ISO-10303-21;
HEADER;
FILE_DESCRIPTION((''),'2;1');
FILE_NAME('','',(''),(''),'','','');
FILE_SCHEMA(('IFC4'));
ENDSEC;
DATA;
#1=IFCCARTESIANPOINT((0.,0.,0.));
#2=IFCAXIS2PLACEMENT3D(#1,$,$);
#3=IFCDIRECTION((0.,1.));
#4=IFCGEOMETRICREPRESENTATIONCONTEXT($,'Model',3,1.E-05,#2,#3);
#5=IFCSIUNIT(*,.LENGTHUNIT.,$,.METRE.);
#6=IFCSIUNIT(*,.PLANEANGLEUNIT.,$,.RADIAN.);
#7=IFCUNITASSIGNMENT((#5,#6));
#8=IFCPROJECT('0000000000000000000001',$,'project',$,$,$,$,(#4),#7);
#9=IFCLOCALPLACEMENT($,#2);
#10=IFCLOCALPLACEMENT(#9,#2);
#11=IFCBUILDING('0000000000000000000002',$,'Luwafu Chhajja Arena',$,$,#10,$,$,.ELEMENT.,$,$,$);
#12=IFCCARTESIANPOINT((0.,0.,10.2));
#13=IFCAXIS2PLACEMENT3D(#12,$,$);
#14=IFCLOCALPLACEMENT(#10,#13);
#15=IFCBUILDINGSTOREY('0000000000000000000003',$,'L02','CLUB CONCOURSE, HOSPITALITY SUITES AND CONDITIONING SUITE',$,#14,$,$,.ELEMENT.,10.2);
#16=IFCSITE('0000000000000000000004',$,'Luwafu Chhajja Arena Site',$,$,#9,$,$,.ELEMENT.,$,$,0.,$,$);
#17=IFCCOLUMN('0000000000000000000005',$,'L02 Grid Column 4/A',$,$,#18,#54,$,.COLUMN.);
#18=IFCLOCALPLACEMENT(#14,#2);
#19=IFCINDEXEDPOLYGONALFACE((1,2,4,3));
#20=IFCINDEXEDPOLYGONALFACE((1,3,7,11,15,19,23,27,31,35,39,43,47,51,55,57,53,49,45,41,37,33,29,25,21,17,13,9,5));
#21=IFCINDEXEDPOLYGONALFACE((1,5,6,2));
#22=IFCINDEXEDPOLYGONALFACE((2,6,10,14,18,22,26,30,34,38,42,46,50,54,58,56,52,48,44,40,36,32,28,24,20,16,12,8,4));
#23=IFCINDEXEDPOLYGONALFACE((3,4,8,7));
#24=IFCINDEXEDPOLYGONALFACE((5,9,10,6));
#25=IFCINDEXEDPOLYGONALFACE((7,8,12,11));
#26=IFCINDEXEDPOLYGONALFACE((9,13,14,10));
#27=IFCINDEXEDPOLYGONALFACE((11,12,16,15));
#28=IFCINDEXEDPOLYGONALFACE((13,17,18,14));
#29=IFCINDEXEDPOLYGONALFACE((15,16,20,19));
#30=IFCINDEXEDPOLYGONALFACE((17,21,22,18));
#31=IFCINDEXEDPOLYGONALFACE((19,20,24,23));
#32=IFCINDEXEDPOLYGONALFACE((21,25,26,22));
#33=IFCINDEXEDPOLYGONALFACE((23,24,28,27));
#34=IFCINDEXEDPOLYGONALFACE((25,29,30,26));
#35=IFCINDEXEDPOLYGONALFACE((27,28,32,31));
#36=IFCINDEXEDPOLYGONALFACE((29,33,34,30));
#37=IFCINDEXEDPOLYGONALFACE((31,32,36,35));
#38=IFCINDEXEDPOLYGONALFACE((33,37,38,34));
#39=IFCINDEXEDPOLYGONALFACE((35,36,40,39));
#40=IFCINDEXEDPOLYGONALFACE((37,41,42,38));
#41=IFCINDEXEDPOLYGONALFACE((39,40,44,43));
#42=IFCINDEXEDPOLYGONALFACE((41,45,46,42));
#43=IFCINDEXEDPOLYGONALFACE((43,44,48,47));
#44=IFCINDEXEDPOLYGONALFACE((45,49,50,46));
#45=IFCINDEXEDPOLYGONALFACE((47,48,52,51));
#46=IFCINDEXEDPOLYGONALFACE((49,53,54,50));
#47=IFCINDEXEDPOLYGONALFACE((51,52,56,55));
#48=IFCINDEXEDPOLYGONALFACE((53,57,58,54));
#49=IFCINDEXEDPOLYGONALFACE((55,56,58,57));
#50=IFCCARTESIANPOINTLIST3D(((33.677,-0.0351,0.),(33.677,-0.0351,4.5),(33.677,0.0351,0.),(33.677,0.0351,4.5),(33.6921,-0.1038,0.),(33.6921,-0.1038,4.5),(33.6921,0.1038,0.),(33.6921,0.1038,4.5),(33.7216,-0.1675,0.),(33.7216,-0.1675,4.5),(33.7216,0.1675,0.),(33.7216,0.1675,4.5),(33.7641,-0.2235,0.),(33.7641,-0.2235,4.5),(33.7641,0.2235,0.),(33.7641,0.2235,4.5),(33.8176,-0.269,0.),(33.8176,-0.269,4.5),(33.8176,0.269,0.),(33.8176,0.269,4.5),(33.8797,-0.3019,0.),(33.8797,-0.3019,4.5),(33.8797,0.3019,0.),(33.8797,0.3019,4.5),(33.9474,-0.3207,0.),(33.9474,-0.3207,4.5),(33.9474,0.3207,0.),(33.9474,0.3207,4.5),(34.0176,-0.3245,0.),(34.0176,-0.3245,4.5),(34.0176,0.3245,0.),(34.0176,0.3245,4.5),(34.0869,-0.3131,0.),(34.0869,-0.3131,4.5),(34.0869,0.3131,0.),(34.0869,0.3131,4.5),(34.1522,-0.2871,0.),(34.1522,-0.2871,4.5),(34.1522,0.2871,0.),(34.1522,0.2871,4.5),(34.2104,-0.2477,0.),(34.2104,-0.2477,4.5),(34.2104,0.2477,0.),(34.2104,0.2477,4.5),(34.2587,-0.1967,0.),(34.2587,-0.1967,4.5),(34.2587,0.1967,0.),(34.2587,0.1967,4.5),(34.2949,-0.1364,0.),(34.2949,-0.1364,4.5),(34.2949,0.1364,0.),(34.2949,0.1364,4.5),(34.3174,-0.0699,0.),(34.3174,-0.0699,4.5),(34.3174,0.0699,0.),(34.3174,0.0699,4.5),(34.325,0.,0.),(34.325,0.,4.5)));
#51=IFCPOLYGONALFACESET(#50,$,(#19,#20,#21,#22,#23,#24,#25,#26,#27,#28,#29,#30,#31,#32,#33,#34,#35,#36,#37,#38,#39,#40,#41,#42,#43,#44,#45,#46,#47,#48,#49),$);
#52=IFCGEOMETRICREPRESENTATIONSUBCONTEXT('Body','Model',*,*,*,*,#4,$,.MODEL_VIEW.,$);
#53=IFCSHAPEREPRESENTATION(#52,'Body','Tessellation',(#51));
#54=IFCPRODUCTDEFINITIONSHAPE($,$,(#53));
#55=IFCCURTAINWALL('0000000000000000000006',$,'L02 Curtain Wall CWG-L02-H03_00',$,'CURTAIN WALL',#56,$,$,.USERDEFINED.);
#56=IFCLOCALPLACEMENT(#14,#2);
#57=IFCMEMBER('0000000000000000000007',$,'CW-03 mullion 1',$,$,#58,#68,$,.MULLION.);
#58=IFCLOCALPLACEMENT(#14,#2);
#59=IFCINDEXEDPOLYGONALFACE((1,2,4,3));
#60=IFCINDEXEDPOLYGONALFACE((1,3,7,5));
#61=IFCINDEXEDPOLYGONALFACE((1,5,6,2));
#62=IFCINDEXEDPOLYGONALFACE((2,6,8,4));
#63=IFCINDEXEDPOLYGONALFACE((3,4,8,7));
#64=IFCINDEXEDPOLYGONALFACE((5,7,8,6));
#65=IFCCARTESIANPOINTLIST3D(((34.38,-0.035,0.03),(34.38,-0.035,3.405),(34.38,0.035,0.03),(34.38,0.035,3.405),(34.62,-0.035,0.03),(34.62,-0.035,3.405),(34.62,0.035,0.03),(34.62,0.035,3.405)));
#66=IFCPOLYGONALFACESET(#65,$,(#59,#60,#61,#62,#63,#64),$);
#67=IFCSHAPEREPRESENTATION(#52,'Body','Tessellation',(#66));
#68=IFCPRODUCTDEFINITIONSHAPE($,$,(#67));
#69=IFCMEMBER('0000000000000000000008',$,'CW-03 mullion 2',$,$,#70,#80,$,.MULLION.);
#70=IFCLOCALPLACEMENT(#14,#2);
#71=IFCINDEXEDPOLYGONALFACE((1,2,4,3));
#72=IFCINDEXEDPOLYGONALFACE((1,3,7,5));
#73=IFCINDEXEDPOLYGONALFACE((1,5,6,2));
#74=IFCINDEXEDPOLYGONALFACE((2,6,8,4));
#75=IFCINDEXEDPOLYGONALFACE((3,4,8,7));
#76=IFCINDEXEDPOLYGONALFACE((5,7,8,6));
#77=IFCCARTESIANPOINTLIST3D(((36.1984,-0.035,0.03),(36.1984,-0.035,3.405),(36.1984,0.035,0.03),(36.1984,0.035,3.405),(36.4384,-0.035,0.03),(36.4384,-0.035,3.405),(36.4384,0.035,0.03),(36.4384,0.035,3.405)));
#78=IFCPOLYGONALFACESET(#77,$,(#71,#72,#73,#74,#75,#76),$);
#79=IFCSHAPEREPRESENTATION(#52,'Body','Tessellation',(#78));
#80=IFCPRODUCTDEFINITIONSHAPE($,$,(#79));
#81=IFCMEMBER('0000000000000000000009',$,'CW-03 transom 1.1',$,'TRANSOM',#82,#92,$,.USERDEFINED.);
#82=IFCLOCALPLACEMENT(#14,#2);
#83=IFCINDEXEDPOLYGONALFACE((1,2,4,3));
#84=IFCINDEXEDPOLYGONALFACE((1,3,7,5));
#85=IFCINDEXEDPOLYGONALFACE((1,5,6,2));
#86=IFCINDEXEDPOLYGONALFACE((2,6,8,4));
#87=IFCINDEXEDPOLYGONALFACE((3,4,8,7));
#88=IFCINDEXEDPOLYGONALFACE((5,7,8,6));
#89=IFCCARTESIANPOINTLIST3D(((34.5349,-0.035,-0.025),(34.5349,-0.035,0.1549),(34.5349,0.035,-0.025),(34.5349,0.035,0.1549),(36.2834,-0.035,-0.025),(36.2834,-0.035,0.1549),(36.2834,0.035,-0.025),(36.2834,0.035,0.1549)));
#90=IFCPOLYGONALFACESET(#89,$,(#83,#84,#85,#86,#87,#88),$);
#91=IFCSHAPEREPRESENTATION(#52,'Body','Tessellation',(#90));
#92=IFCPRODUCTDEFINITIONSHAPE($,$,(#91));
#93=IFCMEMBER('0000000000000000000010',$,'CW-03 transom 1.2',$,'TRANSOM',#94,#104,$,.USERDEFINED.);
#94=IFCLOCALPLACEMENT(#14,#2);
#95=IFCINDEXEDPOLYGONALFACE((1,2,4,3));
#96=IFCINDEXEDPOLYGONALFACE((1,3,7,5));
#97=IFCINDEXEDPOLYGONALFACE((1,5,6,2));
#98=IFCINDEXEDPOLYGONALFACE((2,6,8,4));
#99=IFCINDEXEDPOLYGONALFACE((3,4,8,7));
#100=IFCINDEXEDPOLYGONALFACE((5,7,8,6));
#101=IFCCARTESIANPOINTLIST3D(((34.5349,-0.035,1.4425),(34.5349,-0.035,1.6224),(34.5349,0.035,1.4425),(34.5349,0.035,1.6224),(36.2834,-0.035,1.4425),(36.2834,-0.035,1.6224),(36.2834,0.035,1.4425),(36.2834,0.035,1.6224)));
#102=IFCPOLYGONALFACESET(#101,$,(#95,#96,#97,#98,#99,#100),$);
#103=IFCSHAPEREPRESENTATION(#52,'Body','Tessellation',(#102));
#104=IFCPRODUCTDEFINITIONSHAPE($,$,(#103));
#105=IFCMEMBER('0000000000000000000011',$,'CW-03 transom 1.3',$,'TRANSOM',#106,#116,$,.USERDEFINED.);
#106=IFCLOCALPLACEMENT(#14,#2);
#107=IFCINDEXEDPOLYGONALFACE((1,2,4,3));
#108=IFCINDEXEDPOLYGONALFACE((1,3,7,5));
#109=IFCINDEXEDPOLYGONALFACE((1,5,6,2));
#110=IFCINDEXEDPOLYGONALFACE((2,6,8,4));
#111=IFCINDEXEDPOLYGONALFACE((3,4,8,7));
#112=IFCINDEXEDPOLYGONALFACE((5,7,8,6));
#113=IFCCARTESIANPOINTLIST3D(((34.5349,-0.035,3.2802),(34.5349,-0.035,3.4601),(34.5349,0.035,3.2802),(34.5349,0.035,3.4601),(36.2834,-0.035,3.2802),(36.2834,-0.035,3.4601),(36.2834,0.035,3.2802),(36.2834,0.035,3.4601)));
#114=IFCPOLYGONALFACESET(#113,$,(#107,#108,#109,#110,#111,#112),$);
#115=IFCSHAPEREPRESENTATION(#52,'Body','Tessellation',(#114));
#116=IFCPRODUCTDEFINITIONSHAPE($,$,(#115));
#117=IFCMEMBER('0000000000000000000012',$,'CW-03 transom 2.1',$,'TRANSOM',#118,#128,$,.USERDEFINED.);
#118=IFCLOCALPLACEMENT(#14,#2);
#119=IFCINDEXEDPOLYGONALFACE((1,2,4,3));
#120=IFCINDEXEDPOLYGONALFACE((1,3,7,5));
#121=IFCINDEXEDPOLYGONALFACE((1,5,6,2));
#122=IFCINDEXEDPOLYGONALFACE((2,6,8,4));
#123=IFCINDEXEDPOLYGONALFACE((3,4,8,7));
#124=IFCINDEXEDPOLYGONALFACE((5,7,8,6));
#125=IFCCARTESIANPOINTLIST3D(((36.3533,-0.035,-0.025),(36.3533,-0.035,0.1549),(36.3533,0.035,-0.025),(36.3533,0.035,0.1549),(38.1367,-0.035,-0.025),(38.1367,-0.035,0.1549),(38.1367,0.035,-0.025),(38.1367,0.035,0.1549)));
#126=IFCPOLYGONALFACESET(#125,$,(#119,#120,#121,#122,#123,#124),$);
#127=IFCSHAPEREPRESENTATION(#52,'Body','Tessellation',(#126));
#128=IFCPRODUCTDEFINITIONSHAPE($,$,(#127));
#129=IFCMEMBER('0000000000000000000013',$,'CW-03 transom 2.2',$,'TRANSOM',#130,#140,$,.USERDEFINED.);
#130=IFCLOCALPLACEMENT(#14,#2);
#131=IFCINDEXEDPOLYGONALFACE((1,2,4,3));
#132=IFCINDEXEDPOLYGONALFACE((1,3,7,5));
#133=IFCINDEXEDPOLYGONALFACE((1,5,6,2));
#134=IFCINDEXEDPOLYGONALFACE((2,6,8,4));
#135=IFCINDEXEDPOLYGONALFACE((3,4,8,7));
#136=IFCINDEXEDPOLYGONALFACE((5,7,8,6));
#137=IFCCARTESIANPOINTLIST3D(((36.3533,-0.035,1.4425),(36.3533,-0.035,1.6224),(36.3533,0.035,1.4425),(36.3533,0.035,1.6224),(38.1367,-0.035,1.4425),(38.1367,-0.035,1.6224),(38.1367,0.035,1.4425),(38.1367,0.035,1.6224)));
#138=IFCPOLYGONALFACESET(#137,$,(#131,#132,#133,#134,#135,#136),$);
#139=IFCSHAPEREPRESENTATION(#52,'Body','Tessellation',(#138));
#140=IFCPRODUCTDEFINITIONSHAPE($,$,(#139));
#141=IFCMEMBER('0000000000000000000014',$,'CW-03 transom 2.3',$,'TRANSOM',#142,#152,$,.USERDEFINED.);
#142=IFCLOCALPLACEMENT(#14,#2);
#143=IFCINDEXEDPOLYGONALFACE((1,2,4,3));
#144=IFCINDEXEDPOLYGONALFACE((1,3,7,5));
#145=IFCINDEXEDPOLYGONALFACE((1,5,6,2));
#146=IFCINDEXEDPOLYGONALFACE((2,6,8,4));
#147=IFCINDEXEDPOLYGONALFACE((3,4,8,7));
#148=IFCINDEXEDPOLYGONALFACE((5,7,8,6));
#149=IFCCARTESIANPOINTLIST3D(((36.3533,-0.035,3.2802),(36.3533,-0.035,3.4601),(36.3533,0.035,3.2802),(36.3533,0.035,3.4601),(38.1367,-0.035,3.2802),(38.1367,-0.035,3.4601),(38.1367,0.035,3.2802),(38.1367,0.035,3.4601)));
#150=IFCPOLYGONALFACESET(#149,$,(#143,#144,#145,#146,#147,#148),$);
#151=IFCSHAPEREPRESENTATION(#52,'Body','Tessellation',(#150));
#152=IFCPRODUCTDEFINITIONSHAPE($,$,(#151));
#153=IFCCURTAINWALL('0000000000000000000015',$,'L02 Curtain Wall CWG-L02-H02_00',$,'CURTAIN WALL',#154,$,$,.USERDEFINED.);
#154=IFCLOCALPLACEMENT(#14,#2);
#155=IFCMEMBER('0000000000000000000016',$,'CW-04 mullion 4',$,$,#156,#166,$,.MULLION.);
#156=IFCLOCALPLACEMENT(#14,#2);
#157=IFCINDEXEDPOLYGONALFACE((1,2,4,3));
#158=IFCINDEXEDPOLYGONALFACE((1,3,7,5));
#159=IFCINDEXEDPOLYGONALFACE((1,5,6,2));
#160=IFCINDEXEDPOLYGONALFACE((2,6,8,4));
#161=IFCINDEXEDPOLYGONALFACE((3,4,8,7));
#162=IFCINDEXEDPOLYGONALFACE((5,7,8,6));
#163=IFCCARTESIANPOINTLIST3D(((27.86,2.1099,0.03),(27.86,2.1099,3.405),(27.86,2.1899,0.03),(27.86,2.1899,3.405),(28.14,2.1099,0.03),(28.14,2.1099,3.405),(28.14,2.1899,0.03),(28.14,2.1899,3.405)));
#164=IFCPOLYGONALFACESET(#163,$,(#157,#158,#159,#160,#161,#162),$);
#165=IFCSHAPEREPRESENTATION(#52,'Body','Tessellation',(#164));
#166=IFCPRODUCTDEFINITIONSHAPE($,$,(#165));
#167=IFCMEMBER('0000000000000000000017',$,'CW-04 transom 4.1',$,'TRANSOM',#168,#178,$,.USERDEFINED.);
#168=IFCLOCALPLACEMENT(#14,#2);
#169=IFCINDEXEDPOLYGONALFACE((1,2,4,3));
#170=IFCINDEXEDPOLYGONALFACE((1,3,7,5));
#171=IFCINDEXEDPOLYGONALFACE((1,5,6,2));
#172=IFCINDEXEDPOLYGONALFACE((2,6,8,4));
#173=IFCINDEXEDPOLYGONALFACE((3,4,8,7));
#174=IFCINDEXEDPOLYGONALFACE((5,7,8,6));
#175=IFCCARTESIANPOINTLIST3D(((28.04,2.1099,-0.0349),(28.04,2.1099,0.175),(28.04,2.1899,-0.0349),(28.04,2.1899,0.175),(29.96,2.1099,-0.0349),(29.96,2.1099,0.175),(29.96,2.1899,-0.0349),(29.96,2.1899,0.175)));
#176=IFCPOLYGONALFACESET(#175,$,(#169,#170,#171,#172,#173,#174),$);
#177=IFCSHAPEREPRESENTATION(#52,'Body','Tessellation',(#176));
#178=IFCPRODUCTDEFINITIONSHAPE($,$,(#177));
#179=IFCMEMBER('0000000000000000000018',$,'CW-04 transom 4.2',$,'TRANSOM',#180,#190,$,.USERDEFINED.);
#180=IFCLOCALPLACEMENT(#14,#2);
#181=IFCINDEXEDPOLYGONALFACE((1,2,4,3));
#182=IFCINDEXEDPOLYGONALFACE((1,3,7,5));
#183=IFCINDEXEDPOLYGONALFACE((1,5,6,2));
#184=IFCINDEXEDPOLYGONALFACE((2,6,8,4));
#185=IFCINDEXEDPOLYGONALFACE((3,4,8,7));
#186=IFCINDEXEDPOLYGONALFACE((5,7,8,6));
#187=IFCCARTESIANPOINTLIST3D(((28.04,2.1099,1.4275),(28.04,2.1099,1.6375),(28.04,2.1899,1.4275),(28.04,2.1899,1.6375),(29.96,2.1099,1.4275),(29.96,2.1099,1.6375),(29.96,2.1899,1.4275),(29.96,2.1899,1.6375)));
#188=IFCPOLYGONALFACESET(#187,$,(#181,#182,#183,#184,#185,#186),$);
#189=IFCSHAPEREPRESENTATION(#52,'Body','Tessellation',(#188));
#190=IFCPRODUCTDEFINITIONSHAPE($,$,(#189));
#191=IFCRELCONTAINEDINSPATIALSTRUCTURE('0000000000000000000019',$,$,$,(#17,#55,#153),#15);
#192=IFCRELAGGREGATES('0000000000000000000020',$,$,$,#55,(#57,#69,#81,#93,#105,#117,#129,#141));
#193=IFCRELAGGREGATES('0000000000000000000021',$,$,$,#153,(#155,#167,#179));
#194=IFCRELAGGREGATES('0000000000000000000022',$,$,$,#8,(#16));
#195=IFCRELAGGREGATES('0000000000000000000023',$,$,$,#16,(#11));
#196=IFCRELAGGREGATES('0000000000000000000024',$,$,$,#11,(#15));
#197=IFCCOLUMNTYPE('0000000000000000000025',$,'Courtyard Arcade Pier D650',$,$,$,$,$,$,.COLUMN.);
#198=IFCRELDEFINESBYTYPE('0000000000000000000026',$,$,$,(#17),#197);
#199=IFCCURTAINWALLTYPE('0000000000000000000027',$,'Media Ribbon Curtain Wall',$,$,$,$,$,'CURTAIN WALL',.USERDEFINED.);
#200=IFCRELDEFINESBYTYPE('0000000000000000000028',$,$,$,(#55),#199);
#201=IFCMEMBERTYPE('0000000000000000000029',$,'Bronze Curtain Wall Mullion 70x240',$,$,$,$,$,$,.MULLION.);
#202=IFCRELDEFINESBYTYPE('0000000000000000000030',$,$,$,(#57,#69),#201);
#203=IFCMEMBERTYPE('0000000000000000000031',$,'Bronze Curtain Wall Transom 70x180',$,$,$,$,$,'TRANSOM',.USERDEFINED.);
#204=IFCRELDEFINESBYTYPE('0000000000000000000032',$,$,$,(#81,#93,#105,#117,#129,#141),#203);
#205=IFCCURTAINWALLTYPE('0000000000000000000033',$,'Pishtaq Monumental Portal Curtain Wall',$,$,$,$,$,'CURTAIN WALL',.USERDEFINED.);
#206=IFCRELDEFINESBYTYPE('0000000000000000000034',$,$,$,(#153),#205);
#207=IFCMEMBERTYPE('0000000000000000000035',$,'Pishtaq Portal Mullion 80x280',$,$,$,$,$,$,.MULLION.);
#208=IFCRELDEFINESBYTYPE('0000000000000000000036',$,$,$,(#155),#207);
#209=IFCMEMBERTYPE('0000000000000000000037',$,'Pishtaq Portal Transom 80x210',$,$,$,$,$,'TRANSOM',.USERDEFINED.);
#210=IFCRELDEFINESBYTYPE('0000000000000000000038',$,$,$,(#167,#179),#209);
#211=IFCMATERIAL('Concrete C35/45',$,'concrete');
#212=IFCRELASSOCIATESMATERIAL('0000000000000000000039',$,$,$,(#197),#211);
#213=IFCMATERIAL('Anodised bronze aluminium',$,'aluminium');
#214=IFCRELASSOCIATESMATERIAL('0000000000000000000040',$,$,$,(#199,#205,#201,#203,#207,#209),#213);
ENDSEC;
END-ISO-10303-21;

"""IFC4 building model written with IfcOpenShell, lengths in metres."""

from ifc_helpers import new_model, si_unit, direction, frame, origin, origin_2d, place, context, subcontext, project, spatial, rectangle, circle, extrude, material, material_profile, profile_set, type_object, element, aggregate, save


model = new_model("IFC4")

# Units and contexts
model_context = context("Model", 3, precision=1e-05, world=origin(), true_north=direction((0.0, 1.0)))
body_context = subcontext(model_context, "Body", "Model", "MODEL_VIEW")
ifc_project = project(units=[si_unit("LENGTHUNIT", "METRE"), si_unit("PLANEANGLEUNIT", "RADIAN")], contexts=[model_context])

# Site, building, storey
site_placement = place(None, origin())
site = spatial("IfcSite", under=ifc_project, at=site_placement, Name="Luwafu Chhajja Arena Site", CompositionType="ELEMENT", RefElevation=0.0)
building_placement = place(site_placement, origin())
building = spatial("IfcBuilding", under=site, at=building_placement, Name="Luwafu Chhajja Arena", CompositionType="ELEMENT")
storey_placement = place(building_placement, frame((0.0, 0.0, 10.2)))
storey = spatial("IfcBuildingStorey", under=building, at=storey_placement, Name="L02", Description="CLUB CONCOURSE, HOSPITALITY SUITES AND CONDITIONING SUITE", CompositionType="ELEMENT", Elevation=10.2)

# Column
ifc_material_1 = material(Name="Concrete C35/45", Category="concrete")
ifc_material_profile_1 = material_profile(ifc_material_1, circle(Radius=0.325, at=origin_2d()), Name="RC COL D650")
ifc_profile_set_1 = profile_set([ifc_material_profile_1], Name="Concrete C35/45")
column_type = type_object("IfcColumnType", Name="Courtyard Arcade Pier D650", PredefinedType="COLUMN", material=ifc_profile_set_1)
column_placement = place(storey_placement, frame((34.0, 0.0, 0.0), z_axis=(0.0, 0.0, 1.0), x_axis=(1.0, 0.0, 0.0)))
element("IfcColumn", 1, at=column_placement, inside=storey, type_object=column_type, Name="L02 Grid Column 4/A", PredefinedType="COLUMN", context=body_context, shape_type="SweptSolid", body=[
    extrude(circle(Radius=0.325, at=origin_2d()), origin(), (0.0, 0.0, 1.0), 4.5),
])

# Curtain walls, members
ifc_material_2 = material(Name="Anodised bronze aluminium", Category="aluminium")
curtain_wall_type_1 = type_object("IfcCurtainWallType", Name="Media Ribbon Curtain Wall", ElementType="CURTAIN WALL", PredefinedType="USERDEFINED", material=ifc_material_2)
curtain_wall_1_placement = place(storey_placement, origin())
curtain_wall_1 = element("IfcCurtainWall", 2, at=curtain_wall_1_placement, inside=storey, type_object=curtain_wall_type_1, Name="L02 Curtain Wall CWG-L02-H03_00", ObjectType="CURTAIN WALL", PredefinedType="USERDEFINED")
ifc_material_profile_2 = material_profile(ifc_material_2, rectangle(XDim=0.0701, YDim=0.24, at=origin_2d()), Name="CWM 70x240")
ifc_profile_set_2 = profile_set([ifc_material_profile_2], Name="Anodised bronze aluminium")
member_type_1 = type_object("IfcMemberType", Name="Bronze Curtain Wall Mullion 70x240", PredefinedType="MULLION", material=ifc_profile_set_2)
member_1_placement = place(storey_placement, frame((34.5, 0.0, 0.03), z_axis=(0.0, 0.0, 1.0), x_axis=(0.0, 1.0, 0.0)))
member_1 = element("IfcMember", 3, at=member_1_placement, type_object=member_type_1, Name="CW-03 mullion 1", PredefinedType="MULLION", context=body_context, shape_type="SweptSolid", body=[
    extrude(rectangle(XDim=0.0701, YDim=0.24, at=origin_2d()), origin(), (0.0, 0.0, 1.0), 3.375),
])
member_2_placement = place(storey_placement, frame((36.3184, 0.0, 0.03), z_axis=(0.0, 0.0, 1.0), x_axis=(0.0, 1.0, 0.0)))
member_2 = element("IfcMember", 4, at=member_2_placement, type_object=member_type_1, Name="CW-03 mullion 2", PredefinedType="MULLION", context=body_context, shape_type="SweptSolid", body=[
    extrude(rectangle(XDim=0.0701, YDim=0.24, at=origin_2d()), origin(), (0.0, 0.0, 1.0), 3.375),
])
ifc_material_profile_3 = material_profile(ifc_material_2, rectangle(XDim=0.0701, YDim=0.1799, at=origin_2d()), Name="CWT 70x180")
ifc_profile_set_3 = profile_set([ifc_material_profile_3], Name="Anodised bronze aluminium")
member_type_2 = type_object("IfcMemberType", Name="Bronze Curtain Wall Transom 70x180", ElementType="TRANSOM", PredefinedType="USERDEFINED", material=ifc_profile_set_3)
member_3_placement = place(storey_placement, frame((34.5349, 0.0, 0.0649), z_axis=(1.0, 0.0, 0.0), x_axis=(0.0, 1.0, 0.0)))
member_3 = element("IfcMember", 5, at=member_3_placement, type_object=member_type_2, Name="CW-03 transom 1.1", ObjectType="TRANSOM", PredefinedType="USERDEFINED", context=body_context, shape_type="SweptSolid", body=[
    extrude(rectangle(XDim=0.0701, YDim=0.1799, at=origin_2d()), origin(), (0.0, 0.0, 1.0), 1.7485),
])
member_4_placement = place(storey_placement, frame((34.5349, 0.0, 1.5325), z_axis=(1.0, 0.0, 0.0), x_axis=(0.0, 1.0, 0.0)))
member_4 = element("IfcMember", 6, at=member_4_placement, type_object=member_type_2, Name="CW-03 transom 1.2", ObjectType="TRANSOM", PredefinedType="USERDEFINED", context=body_context, shape_type="SweptSolid", body=[
    extrude(rectangle(XDim=0.0701, YDim=0.1799, at=origin_2d()), origin(), (0.0, 0.0, 1.0), 1.7485),
])
member_5_placement = place(storey_placement, frame((34.5349, 0.0, 3.3701), z_axis=(1.0, 0.0, 0.0), x_axis=(0.0, 1.0, 0.0)))
member_5 = element("IfcMember", 7, at=member_5_placement, type_object=member_type_2, Name="CW-03 transom 1.3", ObjectType="TRANSOM", PredefinedType="USERDEFINED", context=body_context, shape_type="SweptSolid", body=[
    extrude(rectangle(XDim=0.0701, YDim=0.1799, at=origin_2d()), origin(), (0.0, 0.0, 1.0), 1.7485),
])
member_6_placement = place(storey_placement, frame((36.3533, 0.0, 0.0649), z_axis=(1.0, 0.0, 0.0), x_axis=(0.0, 1.0, 0.0)))
member_6 = element("IfcMember", 8, at=member_6_placement, type_object=member_type_2, Name="CW-03 transom 2.1", ObjectType="TRANSOM", PredefinedType="USERDEFINED", context=body_context, shape_type="SweptSolid", body=[
    extrude(rectangle(XDim=0.0701, YDim=0.1799, at=origin_2d()), origin(), (0.0, 0.0, 1.0), 1.7834),
])
member_7_placement = place(storey_placement, frame((36.3533, 0.0, 1.5325), z_axis=(1.0, 0.0, 0.0), x_axis=(0.0, 1.0, 0.0)))
member_7 = element("IfcMember", 9, at=member_7_placement, type_object=member_type_2, Name="CW-03 transom 2.2", ObjectType="TRANSOM", PredefinedType="USERDEFINED", context=body_context, shape_type="SweptSolid", body=[
    extrude(rectangle(XDim=0.0701, YDim=0.1799, at=origin_2d()), origin(), (0.0, 0.0, 1.0), 1.7834),
])
member_8_placement = place(storey_placement, frame((36.3533, 0.0, 3.3701), z_axis=(1.0, 0.0, 0.0), x_axis=(0.0, 1.0, 0.0)))
member_8 = element("IfcMember", 10, at=member_8_placement, type_object=member_type_2, Name="CW-03 transom 2.3", ObjectType="TRANSOM", PredefinedType="USERDEFINED", context=body_context, shape_type="SweptSolid", body=[
    extrude(rectangle(XDim=0.0701, YDim=0.1799, at=origin_2d()), origin(), (0.0, 0.0, 1.0), 1.7834),
])
curtain_wall_type_2 = type_object("IfcCurtainWallType", Name="Pishtaq Monumental Portal Curtain Wall", ElementType="CURTAIN WALL", PredefinedType="USERDEFINED", material=ifc_material_2)
curtain_wall_2_placement = place(storey_placement, origin())
curtain_wall_2 = element("IfcCurtainWall", 11, at=curtain_wall_2_placement, inside=storey, type_object=curtain_wall_type_2, Name="L02 Curtain Wall CWG-L02-H02_00", ObjectType="CURTAIN WALL", PredefinedType="USERDEFINED")
ifc_material_profile_4 = material_profile(ifc_material_2, rectangle(XDim=0.0801, YDim=0.28, at=origin_2d()), Name="CWM 80x280")
ifc_profile_set_4 = profile_set([ifc_material_profile_4], Name="Anodised bronze aluminium")
member_type_3 = type_object("IfcMemberType", Name="Pishtaq Portal Mullion 80x280", PredefinedType="MULLION", material=ifc_profile_set_4)
member_9_placement = place(storey_placement, frame((28.0, 2.1499, 0.03), z_axis=(0.0, 0.0, 1.0), x_axis=(0.0, 1.0, 0.0)))
member_9 = element("IfcMember", 12, at=member_9_placement, type_object=member_type_3, Name="CW-04 mullion 4", PredefinedType="MULLION", context=body_context, shape_type="SweptSolid", body=[
    extrude(rectangle(XDim=0.0801, YDim=0.28, at=origin_2d()), origin(), (0.0, 0.0, 1.0), 3.375),
])
ifc_material_profile_5 = material_profile(ifc_material_2, rectangle(XDim=0.0801, YDim=0.21, at=origin_2d()), Name="CWT 80x210")
ifc_profile_set_5 = profile_set([ifc_material_profile_5], Name="Anodised bronze aluminium")
member_type_4 = type_object("IfcMemberType", Name="Pishtaq Portal Transom 80x210", ElementType="TRANSOM", PredefinedType="USERDEFINED", material=ifc_profile_set_5)
member_10_placement = place(storey_placement, frame((28.04, 2.1499, 0.0701), z_axis=(1.0, 0.0, 0.0), x_axis=(0.0, 1.0, 0.0)))
member_10 = element("IfcMember", 13, at=member_10_placement, type_object=member_type_4, Name="CW-04 transom 4.1", ObjectType="TRANSOM", PredefinedType="USERDEFINED", context=body_context, shape_type="SweptSolid", body=[
    extrude(rectangle(XDim=0.0801, YDim=0.21, at=origin_2d()), origin(), (0.0, 0.0, 1.0), 1.9199),
])
member_11_placement = place(storey_placement, frame((28.04, 2.1499, 1.5325), z_axis=(1.0, 0.0, 0.0), x_axis=(0.0, 1.0, 0.0)))
member_11 = element("IfcMember", 14, at=member_11_placement, type_object=member_type_4, Name="CW-04 transom 4.2", ObjectType="TRANSOM", PredefinedType="USERDEFINED", context=body_context, shape_type="SweptSolid", body=[
    extrude(rectangle(XDim=0.0801, YDim=0.21, at=origin_2d()), origin(), (0.0, 0.0, 1.0), 1.9199),
])

aggregate(curtain_wall_1, [member_1, member_2, member_3, member_4, member_5, member_6, member_7, member_8])
aggregate(curtain_wall_2, [member_9, member_10, member_11])

save(model, "model.ifc")
